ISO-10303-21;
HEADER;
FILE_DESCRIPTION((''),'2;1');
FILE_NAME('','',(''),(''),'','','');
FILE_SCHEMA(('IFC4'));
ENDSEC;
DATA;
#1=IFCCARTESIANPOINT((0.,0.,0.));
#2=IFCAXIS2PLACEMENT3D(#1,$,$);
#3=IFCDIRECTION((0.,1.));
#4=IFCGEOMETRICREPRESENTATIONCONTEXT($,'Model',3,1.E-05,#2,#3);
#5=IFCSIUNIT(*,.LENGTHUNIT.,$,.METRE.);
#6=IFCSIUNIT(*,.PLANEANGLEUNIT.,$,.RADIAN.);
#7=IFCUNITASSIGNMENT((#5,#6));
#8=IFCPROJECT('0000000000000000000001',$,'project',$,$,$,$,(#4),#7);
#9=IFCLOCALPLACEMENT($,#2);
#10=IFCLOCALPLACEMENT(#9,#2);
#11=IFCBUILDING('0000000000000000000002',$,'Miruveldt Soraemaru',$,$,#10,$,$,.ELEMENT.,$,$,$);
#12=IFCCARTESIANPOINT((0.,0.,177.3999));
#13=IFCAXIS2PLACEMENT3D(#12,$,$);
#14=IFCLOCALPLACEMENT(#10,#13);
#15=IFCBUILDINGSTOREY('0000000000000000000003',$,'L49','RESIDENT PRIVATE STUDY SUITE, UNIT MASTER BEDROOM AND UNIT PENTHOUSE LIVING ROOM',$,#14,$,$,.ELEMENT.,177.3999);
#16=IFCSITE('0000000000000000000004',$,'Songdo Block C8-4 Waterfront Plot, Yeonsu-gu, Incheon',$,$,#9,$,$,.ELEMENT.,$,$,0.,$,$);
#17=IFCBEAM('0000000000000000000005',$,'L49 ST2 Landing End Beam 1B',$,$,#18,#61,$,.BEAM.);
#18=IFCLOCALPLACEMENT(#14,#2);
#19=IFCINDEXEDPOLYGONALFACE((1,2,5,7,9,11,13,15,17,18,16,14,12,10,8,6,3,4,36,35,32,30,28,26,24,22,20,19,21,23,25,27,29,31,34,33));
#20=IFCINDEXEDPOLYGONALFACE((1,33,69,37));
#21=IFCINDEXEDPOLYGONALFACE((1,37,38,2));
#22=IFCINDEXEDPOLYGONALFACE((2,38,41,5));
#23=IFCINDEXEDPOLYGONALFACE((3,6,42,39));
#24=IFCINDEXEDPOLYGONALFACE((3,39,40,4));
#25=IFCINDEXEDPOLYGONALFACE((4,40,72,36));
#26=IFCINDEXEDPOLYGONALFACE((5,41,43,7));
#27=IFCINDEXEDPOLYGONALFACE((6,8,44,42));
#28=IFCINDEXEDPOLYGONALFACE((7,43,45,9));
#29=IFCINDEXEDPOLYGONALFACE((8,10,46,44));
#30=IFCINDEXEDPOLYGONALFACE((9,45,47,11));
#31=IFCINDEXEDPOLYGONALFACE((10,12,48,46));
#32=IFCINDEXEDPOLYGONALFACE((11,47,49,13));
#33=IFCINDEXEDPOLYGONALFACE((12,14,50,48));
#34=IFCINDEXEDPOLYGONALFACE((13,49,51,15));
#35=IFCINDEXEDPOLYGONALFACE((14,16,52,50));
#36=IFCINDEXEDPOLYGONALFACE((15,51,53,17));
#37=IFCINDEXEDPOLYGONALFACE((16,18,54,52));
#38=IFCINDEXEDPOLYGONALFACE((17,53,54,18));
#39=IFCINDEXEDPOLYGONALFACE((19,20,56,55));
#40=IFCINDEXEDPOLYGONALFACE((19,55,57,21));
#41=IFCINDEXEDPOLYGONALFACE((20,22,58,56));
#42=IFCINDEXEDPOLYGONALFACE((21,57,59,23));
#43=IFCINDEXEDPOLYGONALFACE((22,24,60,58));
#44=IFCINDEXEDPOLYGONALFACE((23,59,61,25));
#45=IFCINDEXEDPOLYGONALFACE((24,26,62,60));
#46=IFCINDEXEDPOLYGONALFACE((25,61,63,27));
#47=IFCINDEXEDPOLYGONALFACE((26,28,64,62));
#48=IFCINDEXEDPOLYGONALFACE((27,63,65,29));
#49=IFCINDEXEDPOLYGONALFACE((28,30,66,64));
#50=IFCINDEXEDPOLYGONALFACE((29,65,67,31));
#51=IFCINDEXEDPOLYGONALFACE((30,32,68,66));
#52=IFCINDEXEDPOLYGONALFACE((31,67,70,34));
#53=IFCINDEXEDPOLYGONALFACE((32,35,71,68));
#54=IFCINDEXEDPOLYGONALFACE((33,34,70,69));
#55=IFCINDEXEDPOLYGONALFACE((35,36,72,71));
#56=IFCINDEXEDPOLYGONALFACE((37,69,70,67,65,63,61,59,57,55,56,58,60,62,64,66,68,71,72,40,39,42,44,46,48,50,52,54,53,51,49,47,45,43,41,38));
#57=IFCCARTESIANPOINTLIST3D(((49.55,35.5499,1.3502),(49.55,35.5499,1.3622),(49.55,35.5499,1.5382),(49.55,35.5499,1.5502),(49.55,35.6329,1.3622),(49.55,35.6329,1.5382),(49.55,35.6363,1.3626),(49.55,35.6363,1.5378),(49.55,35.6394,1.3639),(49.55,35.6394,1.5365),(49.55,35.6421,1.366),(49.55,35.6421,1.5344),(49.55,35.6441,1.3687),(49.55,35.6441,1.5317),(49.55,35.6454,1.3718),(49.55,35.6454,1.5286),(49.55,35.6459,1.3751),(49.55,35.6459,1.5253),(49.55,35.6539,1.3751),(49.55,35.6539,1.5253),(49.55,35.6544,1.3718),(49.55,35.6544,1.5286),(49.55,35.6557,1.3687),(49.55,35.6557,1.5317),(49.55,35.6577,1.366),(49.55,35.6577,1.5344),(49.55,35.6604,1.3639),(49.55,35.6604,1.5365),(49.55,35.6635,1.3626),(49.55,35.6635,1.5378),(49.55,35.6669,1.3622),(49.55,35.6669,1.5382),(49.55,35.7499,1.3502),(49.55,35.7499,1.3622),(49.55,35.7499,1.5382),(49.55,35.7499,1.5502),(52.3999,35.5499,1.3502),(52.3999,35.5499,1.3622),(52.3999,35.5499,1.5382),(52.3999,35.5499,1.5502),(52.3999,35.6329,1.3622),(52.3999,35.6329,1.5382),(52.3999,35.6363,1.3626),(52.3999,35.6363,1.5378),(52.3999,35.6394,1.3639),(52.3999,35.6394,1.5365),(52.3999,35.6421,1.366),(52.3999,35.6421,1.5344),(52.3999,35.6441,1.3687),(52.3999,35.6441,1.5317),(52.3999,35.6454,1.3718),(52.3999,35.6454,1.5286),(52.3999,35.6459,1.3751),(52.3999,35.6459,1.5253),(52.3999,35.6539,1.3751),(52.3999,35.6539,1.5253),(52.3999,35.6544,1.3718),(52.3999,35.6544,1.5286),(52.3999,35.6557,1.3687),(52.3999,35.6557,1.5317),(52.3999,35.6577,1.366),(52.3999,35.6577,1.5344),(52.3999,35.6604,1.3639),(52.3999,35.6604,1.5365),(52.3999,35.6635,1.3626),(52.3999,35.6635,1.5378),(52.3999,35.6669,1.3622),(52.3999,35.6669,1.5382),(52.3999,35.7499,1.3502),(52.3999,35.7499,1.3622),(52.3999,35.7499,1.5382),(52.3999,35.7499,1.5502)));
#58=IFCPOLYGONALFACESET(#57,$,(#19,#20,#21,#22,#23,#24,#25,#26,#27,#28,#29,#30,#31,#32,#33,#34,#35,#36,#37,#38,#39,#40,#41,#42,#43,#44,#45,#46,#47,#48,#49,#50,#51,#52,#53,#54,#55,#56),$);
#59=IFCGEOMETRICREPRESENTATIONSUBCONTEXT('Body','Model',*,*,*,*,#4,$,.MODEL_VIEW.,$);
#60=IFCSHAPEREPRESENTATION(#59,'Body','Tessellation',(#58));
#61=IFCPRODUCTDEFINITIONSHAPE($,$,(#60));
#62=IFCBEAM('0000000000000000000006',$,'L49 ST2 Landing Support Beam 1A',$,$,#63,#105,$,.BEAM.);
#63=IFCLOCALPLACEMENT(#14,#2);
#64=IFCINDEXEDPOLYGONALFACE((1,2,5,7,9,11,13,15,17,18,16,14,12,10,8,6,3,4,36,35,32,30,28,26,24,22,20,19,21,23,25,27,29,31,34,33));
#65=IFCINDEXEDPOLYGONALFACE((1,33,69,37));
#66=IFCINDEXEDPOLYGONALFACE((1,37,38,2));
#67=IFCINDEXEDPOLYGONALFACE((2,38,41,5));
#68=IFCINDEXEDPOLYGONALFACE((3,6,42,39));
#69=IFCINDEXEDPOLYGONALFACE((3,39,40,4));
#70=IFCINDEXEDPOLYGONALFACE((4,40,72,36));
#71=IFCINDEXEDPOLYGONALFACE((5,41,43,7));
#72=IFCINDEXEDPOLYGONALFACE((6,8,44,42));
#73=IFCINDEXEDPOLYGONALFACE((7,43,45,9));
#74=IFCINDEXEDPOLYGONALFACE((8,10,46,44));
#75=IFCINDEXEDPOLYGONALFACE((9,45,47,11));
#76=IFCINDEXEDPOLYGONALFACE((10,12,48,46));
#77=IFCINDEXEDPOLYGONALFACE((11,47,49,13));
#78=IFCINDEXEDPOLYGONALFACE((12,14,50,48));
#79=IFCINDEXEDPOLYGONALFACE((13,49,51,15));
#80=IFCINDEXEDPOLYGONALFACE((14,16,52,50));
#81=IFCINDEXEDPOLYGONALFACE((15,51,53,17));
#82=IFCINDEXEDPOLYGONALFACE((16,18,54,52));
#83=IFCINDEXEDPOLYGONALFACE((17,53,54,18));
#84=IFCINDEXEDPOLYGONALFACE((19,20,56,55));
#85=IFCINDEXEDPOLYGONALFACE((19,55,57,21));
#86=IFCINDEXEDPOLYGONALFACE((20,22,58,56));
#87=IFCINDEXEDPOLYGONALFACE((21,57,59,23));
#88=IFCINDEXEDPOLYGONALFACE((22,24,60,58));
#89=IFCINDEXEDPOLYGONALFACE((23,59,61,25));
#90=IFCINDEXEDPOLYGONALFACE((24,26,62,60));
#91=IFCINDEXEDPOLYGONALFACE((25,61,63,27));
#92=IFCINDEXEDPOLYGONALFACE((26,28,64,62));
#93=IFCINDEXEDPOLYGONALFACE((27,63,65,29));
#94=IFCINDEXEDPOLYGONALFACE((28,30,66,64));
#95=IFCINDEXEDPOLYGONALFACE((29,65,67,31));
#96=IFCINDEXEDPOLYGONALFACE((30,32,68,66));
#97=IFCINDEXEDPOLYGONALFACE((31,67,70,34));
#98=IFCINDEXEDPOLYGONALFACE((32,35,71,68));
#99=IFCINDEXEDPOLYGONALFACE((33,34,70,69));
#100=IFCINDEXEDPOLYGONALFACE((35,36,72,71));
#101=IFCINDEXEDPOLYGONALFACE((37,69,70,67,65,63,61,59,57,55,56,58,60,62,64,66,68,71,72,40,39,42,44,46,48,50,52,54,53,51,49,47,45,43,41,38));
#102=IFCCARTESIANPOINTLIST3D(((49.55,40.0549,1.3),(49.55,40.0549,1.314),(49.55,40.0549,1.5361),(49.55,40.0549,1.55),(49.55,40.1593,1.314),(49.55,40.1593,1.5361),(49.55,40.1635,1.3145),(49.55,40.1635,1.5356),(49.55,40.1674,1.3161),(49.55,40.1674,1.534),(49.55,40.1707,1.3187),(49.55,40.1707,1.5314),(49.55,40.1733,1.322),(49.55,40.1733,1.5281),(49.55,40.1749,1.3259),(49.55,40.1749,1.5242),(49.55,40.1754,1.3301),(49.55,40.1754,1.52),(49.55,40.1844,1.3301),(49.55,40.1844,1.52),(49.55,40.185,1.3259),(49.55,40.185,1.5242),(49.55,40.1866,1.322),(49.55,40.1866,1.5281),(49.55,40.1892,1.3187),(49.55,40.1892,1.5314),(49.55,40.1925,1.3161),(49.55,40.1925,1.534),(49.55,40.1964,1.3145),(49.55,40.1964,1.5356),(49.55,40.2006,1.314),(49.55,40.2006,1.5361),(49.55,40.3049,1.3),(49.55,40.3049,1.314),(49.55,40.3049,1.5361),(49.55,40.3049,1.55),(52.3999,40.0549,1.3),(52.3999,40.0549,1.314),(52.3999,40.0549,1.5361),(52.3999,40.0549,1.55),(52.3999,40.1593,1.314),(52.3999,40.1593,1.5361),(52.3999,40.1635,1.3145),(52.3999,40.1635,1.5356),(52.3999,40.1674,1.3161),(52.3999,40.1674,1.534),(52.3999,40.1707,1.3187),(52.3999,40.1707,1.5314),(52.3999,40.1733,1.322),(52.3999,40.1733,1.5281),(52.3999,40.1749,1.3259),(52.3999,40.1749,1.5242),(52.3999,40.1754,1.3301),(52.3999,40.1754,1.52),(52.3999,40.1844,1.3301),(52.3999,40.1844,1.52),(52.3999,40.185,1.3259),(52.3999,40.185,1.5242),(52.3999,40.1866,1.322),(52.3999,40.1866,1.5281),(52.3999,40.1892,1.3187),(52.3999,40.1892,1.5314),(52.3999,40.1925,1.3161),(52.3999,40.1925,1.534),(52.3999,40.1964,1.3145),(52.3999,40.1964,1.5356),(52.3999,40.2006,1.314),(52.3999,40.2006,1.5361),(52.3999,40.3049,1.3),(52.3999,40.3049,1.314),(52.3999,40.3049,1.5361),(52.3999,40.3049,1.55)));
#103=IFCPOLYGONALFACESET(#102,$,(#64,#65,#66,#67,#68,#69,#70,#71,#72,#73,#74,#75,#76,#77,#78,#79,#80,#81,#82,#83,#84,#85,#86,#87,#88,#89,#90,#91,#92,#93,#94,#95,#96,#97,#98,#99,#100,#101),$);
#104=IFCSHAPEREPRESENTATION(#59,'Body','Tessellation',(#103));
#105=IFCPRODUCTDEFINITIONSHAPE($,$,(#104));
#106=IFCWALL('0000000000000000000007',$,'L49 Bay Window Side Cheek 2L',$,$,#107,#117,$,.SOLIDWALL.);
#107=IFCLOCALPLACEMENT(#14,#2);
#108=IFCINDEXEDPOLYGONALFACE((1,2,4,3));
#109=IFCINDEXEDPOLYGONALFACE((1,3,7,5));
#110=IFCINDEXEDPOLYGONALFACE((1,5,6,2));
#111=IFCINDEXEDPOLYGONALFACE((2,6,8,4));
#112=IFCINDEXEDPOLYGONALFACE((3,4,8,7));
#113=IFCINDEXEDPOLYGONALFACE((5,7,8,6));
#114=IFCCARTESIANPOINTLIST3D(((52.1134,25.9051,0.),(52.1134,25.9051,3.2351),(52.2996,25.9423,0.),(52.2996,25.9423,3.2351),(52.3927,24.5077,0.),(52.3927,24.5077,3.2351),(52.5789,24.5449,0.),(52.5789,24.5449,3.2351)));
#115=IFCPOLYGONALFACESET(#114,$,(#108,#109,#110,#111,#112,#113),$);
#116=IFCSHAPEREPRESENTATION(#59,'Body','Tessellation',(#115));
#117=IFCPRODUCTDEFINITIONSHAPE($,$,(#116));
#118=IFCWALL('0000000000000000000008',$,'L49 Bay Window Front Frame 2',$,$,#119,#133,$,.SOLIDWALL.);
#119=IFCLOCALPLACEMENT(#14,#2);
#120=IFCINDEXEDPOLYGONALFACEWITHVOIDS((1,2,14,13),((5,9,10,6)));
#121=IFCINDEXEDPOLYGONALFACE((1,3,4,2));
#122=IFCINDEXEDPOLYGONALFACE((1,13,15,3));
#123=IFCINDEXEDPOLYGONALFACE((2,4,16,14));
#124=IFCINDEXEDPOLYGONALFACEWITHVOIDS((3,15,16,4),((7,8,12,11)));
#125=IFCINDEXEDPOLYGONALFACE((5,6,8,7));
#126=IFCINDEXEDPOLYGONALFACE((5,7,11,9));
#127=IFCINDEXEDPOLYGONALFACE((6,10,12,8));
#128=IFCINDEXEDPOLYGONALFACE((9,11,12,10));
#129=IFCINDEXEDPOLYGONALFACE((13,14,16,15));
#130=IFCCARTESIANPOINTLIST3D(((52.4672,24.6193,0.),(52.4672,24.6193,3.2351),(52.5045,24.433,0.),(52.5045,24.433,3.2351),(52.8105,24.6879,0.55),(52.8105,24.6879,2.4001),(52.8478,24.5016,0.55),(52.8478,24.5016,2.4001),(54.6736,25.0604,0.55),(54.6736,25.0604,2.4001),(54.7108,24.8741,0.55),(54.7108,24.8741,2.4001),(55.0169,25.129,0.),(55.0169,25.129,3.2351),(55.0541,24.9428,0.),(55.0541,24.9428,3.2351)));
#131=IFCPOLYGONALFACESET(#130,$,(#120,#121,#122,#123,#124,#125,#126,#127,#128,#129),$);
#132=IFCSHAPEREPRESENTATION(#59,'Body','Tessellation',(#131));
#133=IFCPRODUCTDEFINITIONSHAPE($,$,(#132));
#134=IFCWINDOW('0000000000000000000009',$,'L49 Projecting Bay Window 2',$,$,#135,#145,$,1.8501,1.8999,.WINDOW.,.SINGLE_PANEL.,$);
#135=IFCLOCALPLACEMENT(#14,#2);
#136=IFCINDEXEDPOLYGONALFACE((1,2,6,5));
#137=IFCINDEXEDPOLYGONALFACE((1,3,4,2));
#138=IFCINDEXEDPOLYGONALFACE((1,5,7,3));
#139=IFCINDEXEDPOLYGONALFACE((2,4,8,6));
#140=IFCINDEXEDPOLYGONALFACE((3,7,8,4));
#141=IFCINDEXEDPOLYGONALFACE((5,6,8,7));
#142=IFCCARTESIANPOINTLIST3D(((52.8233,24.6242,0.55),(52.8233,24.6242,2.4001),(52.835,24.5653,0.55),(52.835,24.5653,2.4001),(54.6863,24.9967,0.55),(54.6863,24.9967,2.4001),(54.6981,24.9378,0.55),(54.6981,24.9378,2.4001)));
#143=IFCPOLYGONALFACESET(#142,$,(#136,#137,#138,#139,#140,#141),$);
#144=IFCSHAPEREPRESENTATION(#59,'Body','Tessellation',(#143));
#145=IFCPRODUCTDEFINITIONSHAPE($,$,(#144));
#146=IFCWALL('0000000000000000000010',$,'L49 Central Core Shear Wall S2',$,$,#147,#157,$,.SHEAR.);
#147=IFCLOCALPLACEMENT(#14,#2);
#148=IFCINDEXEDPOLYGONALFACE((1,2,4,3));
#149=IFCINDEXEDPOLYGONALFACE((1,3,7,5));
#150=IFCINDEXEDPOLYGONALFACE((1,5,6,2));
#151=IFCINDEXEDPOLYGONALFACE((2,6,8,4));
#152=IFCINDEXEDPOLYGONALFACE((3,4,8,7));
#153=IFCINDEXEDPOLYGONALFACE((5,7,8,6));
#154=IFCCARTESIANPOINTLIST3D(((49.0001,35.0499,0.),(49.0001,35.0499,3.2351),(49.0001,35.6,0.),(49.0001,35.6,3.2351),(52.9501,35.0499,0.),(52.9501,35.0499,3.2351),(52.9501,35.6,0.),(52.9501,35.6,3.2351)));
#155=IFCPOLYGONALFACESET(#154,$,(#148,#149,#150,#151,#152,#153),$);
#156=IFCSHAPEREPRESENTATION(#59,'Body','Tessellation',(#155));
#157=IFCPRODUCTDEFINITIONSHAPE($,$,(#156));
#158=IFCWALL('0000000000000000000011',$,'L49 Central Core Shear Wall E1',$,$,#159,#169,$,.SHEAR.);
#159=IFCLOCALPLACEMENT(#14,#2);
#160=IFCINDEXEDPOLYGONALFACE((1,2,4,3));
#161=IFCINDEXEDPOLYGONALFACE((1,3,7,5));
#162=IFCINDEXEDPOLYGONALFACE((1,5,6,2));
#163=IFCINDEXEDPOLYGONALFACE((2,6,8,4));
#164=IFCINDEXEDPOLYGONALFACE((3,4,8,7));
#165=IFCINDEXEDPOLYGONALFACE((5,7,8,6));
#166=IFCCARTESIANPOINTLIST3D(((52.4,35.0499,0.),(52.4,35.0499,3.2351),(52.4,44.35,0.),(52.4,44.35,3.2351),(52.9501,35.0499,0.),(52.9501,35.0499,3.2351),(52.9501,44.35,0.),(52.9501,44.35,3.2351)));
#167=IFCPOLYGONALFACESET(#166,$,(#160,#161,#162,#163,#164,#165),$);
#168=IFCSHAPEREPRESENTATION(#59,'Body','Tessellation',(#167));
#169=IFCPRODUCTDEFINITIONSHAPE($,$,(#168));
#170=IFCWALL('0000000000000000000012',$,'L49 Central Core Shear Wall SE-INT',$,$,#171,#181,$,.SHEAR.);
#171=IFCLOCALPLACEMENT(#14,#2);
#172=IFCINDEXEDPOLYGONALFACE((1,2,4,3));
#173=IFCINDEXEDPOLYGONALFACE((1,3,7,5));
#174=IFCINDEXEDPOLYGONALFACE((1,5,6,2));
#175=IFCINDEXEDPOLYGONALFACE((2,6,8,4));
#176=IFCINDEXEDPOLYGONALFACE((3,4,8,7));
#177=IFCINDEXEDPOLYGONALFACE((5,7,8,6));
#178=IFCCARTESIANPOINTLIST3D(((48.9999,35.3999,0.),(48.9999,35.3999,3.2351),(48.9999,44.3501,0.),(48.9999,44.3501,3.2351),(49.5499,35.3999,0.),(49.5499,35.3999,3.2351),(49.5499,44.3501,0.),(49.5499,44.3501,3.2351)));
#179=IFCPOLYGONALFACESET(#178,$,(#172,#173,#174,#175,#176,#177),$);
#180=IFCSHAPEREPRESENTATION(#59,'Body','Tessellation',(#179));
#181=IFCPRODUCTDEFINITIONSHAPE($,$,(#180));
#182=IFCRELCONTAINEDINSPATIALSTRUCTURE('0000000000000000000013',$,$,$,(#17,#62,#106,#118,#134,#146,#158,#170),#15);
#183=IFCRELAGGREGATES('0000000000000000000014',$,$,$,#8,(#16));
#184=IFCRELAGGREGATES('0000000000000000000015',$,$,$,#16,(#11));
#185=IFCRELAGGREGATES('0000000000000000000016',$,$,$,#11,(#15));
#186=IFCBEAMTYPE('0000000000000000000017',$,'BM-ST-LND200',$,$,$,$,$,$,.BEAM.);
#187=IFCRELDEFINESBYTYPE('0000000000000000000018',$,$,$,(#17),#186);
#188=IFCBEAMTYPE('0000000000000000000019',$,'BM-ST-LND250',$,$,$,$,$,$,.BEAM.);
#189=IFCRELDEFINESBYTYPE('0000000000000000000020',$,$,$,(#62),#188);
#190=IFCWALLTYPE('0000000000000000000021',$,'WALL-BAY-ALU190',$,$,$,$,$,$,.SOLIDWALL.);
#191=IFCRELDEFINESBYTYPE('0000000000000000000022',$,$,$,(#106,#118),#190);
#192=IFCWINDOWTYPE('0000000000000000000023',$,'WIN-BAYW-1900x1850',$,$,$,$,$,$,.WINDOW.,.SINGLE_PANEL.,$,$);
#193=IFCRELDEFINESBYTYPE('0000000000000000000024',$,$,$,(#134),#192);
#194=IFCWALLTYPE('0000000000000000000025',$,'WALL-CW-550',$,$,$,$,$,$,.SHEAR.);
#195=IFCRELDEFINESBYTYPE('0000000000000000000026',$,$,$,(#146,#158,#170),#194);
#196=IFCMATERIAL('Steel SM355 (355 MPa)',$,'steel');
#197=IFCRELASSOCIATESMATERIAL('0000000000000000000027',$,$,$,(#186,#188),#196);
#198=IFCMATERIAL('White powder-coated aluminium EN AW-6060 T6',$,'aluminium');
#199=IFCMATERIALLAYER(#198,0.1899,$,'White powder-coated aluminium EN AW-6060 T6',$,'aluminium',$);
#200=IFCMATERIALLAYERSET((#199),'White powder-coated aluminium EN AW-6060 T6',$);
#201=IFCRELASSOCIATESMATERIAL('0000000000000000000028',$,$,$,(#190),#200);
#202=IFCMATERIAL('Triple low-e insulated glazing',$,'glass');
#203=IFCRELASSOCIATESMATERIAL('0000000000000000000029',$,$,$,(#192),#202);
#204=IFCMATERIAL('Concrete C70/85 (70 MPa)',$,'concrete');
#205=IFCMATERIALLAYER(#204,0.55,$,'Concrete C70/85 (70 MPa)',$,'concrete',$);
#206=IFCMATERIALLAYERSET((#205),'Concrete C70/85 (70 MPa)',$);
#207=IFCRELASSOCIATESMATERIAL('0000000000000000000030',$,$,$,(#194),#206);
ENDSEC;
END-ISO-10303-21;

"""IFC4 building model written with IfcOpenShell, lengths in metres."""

from ifc_helpers import new_model, si_unit, direction, frame, frame_2d, origin, origin_2d, place, context, subcontext, project, spatial, rectangle, i_section, extrude, material, layer, layer_set, material_profile, profile_set, type_object, element, fill, save


model = new_model("IFC4")

# Units and contexts
model_context = context("Model", 3, precision=1e-05, world=origin(), true_north=direction((0.0, 1.0)))
body_context = subcontext(model_context, "Body", "Model", "MODEL_VIEW")
ifc_project = project(units=[si_unit("LENGTHUNIT", "METRE"), si_unit("PLANEANGLEUNIT", "RADIAN")], contexts=[model_context])

# Site, building, storey
site_placement = place(None, origin())
site = spatial("IfcSite", under=ifc_project, at=site_placement, Name="Songdo Block C8-4 Waterfront Plot, Yeonsu-gu, Incheon", CompositionType="ELEMENT", RefElevation=0.0)
building_placement = place(site_placement, origin())
building = spatial("IfcBuilding", under=site, at=building_placement, Name="Miruveldt Soraemaru", CompositionType="ELEMENT")
storey_placement = place(building_placement, frame((0.0, 0.0, 177.3999)))
storey = spatial("IfcBuildingStorey", under=building, at=storey_placement, Name="L49", Description="RESIDENT PRIVATE STUDY SUITE, UNIT MASTER BEDROOM AND UNIT PENTHOUSE LIVING ROOM", CompositionType="ELEMENT", Elevation=177.3999)

# Beams
ifc_material_1 = material(Name="Steel SM355 (355 MPa)", Category="steel")
ifc_material_profile_1 = material_profile(ifc_material_1, i_section(OverallWidth=0.2, OverallDepth=0.2, WebThickness=0.0081, FlangeThickness=0.012, FilletRadius=0.0129, at=origin_2d()), Name="Steel SM355 (355 MPa)", Category="steel")
ifc_profile_set_1 = profile_set([ifc_material_profile_1], Name="Steel SM355 (355 MPa)")
beam_type_1 = type_object("IfcBeamType", Name="BM-ST-LND200", PredefinedType="BEAM", material=ifc_profile_set_1)
beam_1_placement = place(storey_placement, frame((49.55, 35.6499, 1.4502), z_axis=(1.0, 0.0, 0.0), x_axis=(0.0, 1.0, 0.0)))
element("IfcBeam", 1, at=beam_1_placement, inside=storey, type_object=beam_type_1, Name="L49 ST2 Landing End Beam 1B", PredefinedType="BEAM", context=body_context, shape_type="SweptSolid", body=[
    extrude(i_section(OverallWidth=0.2, OverallDepth=0.2, WebThickness=0.0081, FlangeThickness=0.012, FilletRadius=0.0129, at=origin_2d()), origin(), (0.0, 0.0, 1.0), 2.8499),
])
ifc_material_profile_2 = material_profile(ifc_material_1, i_section(OverallWidth=0.25, OverallDepth=0.25, WebThickness=0.009, FlangeThickness=0.0139, FilletRadius=0.0161, at=origin_2d()), Name="Steel SM355 (355 MPa)", Category="steel")
ifc_profile_set_2 = profile_set([ifc_material_profile_2], Name="Steel SM355 (355 MPa)")
beam_type_2 = type_object("IfcBeamType", Name="BM-ST-LND250", PredefinedType="BEAM", material=ifc_profile_set_2)
beam_2_placement = place(storey_placement, frame((49.55, 40.1799, 1.425), z_axis=(1.0, 0.0, 0.0), x_axis=(0.0, 1.0, 0.0)))
element("IfcBeam", 2, at=beam_2_placement, inside=storey, type_object=beam_type_2, Name="L49 ST2 Landing Support Beam 1A", PredefinedType="BEAM", context=body_context, shape_type="SweptSolid", body=[
    extrude(i_section(OverallWidth=0.25, OverallDepth=0.25, WebThickness=0.009, FlangeThickness=0.0139, FilletRadius=0.0161, at=origin_2d()), origin(), (0.0, 0.0, 1.0), 2.8499),
])

# Wall
ifc_material_2 = material(Name="White powder-coated aluminium EN AW-6060 T6", Category="aluminium")
ifc_layer_1 = layer(ifc_material_2, 0.1899, Name="White powder-coated aluminium EN AW-6060 T6", Category="aluminium")
ifc_layer_set_1 = layer_set([ifc_layer_1], Name="White powder-coated aluminium EN AW-6060 T6")
wall_type_1 = type_object("IfcWallType", Name="WALL-BAY-ALU190", PredefinedType="SOLIDWALL", material=ifc_layer_set_1)
wall_1_placement = place(storey_placement, frame((52.2065, 25.9236, 0.0), z_axis=(0.0, 0.0, 1.0), x_axis=(0.195984, -0.980607, 0.0)))
element("IfcWall", 3, at=wall_1_placement, inside=storey, type_object=wall_type_1, Name="L49 Bay Window Side Cheek 2L", PredefinedType="SOLIDWALL", context=body_context, shape_type="SweptSolid", body=[
    extrude(rectangle(XDim=1.425, YDim=0.1899, at=frame_2d((0.7124, 0.0))), origin(), (0.0, 0.0, 1.0), 3.2351),
])

# Wall, opening, window
wall_2_placement = place(storey_placement, frame((52.4858, 24.5261, 0.0), z_axis=(0.0, 0.0, 1.0), x_axis=(0.980592, 0.196062, 0.0)))
wall_2 = element("IfcWall", 4, at=wall_2_placement, inside=storey, type_object=wall_type_1, Name="L49 Bay Window Front Frame 2", PredefinedType="SOLIDWALL", context=body_context, shape_type="SweptSolid", body=[
    extrude(rectangle(XDim=2.6001, YDim=0.1899, at=frame_2d((1.3, 0.0))), origin(), (0.0, 0.0, 1.0), 3.2351),
])
opening_1_placement = place(wall_2_placement, frame((0.3501, 0.0, 0.55)))
opening_1 = element("IfcOpeningElement", 5, at=opening_1_placement, cuts=wall_2, PredefinedType="OPENING", context=body_context, shape_type="SweptSolid", body=[
    extrude(rectangle(XDim=1.8999, YDim=1.8501, at=frame_2d((0.95, 0.925))), frame((0.0, 0.105, 0.0), z_axis=(0.0, -1.0, 0.0), x_axis=(1.0, 0.0, 0.0)), (0.0, 0.0, 1.0), 0.21),
])
ifc_material_3 = material(Name="Triple low-e insulated glazing", Category="glass")
window_type_1 = type_object("IfcWindowType", Name="WIN-BAYW-1900x1850", PartitioningType="SINGLE_PANEL", PredefinedType="WINDOW", material=ifc_material_3)
window_1_placement = place(opening_1_placement, origin())
window_1 = element("IfcWindow", 6, at=window_1_placement, inside=storey, type_object=window_type_1, Name="L49 Projecting Bay Window 2", OverallHeight=1.8501, OverallWidth=1.8999, PartitioningType="SINGLE_PANEL", PredefinedType="WINDOW", context=body_context, shape_type="SweptSolid", body=[
    extrude(rectangle(XDim=1.8999, YDim=1.8501, at=frame_2d((0.95, 0.925))), frame((0.0, 0.03, 0.0), z_axis=(0.0, -1.0, 0.0), x_axis=(1.0, 0.0, 0.0)), (0.0, 0.0, 1.0), 0.0601),
])
fill(opening_1, window_1)

# Walls
ifc_material_4 = material(Name="Concrete C70/85 (70 MPa)", Category="concrete")
ifc_layer_2 = layer(ifc_material_4, 0.55, Name="Concrete C70/85 (70 MPa)", Category="concrete")
ifc_layer_set_2 = layer_set([ifc_layer_2], Name="Concrete C70/85 (70 MPa)")
wall_type_2 = type_object("IfcWallType", Name="WALL-CW-550", PredefinedType="SHEAR", material=ifc_layer_set_2)
wall_3_placement = place(storey_placement, frame((49.0, 35.325, 0.0), z_axis=(0.0, 0.0, 1.0), x_axis=(1.0, 0.0, 0.0)))
element("IfcWall", 7, at=wall_3_placement, inside=storey, type_object=wall_type_2, Name="L49 Central Core Shear Wall S2", PredefinedType="SHEAR", context=body_context, shape_type="SweptSolid", body=[
    extrude(rectangle(XDim=3.95, YDim=0.55, at=frame_2d((1.9751, 0.0))), origin(), (0.0, 0.0, 1.0), 3.2351),
])
wall_4_placement = place(storey_placement, frame((52.675, 35.05, 0.0), z_axis=(0.0, 0.0, 1.0), x_axis=(0.0, 1.0, 0.0)))
element("IfcWall", 8, at=wall_4_placement, inside=storey, type_object=wall_type_2, Name="L49 Central Core Shear Wall E1", PredefinedType="SHEAR", context=body_context, shape_type="SweptSolid", body=[
    extrude(rectangle(XDim=9.3, YDim=0.55, at=frame_2d((4.6499, 0.0))), origin(), (0.0, 0.0, 1.0), 3.2351),
])
wall_5_placement = place(storey_placement, frame((49.2749, 35.3999, 0.0), z_axis=(0.0, 0.0, 1.0), x_axis=(0.0, 1.0, 0.0)))
element("IfcWall", 9, at=wall_5_placement, inside=storey, type_object=wall_type_2, Name="L49 Central Core Shear Wall SE-INT", PredefinedType="SHEAR", context=body_context, shape_type="SweptSolid", body=[
    extrude(rectangle(XDim=8.9502, YDim=0.55, at=frame_2d((4.4751, 0.0))), origin(), (0.0, 0.0, 1.0), 3.2351),
])

save(model, "model.ifc")
